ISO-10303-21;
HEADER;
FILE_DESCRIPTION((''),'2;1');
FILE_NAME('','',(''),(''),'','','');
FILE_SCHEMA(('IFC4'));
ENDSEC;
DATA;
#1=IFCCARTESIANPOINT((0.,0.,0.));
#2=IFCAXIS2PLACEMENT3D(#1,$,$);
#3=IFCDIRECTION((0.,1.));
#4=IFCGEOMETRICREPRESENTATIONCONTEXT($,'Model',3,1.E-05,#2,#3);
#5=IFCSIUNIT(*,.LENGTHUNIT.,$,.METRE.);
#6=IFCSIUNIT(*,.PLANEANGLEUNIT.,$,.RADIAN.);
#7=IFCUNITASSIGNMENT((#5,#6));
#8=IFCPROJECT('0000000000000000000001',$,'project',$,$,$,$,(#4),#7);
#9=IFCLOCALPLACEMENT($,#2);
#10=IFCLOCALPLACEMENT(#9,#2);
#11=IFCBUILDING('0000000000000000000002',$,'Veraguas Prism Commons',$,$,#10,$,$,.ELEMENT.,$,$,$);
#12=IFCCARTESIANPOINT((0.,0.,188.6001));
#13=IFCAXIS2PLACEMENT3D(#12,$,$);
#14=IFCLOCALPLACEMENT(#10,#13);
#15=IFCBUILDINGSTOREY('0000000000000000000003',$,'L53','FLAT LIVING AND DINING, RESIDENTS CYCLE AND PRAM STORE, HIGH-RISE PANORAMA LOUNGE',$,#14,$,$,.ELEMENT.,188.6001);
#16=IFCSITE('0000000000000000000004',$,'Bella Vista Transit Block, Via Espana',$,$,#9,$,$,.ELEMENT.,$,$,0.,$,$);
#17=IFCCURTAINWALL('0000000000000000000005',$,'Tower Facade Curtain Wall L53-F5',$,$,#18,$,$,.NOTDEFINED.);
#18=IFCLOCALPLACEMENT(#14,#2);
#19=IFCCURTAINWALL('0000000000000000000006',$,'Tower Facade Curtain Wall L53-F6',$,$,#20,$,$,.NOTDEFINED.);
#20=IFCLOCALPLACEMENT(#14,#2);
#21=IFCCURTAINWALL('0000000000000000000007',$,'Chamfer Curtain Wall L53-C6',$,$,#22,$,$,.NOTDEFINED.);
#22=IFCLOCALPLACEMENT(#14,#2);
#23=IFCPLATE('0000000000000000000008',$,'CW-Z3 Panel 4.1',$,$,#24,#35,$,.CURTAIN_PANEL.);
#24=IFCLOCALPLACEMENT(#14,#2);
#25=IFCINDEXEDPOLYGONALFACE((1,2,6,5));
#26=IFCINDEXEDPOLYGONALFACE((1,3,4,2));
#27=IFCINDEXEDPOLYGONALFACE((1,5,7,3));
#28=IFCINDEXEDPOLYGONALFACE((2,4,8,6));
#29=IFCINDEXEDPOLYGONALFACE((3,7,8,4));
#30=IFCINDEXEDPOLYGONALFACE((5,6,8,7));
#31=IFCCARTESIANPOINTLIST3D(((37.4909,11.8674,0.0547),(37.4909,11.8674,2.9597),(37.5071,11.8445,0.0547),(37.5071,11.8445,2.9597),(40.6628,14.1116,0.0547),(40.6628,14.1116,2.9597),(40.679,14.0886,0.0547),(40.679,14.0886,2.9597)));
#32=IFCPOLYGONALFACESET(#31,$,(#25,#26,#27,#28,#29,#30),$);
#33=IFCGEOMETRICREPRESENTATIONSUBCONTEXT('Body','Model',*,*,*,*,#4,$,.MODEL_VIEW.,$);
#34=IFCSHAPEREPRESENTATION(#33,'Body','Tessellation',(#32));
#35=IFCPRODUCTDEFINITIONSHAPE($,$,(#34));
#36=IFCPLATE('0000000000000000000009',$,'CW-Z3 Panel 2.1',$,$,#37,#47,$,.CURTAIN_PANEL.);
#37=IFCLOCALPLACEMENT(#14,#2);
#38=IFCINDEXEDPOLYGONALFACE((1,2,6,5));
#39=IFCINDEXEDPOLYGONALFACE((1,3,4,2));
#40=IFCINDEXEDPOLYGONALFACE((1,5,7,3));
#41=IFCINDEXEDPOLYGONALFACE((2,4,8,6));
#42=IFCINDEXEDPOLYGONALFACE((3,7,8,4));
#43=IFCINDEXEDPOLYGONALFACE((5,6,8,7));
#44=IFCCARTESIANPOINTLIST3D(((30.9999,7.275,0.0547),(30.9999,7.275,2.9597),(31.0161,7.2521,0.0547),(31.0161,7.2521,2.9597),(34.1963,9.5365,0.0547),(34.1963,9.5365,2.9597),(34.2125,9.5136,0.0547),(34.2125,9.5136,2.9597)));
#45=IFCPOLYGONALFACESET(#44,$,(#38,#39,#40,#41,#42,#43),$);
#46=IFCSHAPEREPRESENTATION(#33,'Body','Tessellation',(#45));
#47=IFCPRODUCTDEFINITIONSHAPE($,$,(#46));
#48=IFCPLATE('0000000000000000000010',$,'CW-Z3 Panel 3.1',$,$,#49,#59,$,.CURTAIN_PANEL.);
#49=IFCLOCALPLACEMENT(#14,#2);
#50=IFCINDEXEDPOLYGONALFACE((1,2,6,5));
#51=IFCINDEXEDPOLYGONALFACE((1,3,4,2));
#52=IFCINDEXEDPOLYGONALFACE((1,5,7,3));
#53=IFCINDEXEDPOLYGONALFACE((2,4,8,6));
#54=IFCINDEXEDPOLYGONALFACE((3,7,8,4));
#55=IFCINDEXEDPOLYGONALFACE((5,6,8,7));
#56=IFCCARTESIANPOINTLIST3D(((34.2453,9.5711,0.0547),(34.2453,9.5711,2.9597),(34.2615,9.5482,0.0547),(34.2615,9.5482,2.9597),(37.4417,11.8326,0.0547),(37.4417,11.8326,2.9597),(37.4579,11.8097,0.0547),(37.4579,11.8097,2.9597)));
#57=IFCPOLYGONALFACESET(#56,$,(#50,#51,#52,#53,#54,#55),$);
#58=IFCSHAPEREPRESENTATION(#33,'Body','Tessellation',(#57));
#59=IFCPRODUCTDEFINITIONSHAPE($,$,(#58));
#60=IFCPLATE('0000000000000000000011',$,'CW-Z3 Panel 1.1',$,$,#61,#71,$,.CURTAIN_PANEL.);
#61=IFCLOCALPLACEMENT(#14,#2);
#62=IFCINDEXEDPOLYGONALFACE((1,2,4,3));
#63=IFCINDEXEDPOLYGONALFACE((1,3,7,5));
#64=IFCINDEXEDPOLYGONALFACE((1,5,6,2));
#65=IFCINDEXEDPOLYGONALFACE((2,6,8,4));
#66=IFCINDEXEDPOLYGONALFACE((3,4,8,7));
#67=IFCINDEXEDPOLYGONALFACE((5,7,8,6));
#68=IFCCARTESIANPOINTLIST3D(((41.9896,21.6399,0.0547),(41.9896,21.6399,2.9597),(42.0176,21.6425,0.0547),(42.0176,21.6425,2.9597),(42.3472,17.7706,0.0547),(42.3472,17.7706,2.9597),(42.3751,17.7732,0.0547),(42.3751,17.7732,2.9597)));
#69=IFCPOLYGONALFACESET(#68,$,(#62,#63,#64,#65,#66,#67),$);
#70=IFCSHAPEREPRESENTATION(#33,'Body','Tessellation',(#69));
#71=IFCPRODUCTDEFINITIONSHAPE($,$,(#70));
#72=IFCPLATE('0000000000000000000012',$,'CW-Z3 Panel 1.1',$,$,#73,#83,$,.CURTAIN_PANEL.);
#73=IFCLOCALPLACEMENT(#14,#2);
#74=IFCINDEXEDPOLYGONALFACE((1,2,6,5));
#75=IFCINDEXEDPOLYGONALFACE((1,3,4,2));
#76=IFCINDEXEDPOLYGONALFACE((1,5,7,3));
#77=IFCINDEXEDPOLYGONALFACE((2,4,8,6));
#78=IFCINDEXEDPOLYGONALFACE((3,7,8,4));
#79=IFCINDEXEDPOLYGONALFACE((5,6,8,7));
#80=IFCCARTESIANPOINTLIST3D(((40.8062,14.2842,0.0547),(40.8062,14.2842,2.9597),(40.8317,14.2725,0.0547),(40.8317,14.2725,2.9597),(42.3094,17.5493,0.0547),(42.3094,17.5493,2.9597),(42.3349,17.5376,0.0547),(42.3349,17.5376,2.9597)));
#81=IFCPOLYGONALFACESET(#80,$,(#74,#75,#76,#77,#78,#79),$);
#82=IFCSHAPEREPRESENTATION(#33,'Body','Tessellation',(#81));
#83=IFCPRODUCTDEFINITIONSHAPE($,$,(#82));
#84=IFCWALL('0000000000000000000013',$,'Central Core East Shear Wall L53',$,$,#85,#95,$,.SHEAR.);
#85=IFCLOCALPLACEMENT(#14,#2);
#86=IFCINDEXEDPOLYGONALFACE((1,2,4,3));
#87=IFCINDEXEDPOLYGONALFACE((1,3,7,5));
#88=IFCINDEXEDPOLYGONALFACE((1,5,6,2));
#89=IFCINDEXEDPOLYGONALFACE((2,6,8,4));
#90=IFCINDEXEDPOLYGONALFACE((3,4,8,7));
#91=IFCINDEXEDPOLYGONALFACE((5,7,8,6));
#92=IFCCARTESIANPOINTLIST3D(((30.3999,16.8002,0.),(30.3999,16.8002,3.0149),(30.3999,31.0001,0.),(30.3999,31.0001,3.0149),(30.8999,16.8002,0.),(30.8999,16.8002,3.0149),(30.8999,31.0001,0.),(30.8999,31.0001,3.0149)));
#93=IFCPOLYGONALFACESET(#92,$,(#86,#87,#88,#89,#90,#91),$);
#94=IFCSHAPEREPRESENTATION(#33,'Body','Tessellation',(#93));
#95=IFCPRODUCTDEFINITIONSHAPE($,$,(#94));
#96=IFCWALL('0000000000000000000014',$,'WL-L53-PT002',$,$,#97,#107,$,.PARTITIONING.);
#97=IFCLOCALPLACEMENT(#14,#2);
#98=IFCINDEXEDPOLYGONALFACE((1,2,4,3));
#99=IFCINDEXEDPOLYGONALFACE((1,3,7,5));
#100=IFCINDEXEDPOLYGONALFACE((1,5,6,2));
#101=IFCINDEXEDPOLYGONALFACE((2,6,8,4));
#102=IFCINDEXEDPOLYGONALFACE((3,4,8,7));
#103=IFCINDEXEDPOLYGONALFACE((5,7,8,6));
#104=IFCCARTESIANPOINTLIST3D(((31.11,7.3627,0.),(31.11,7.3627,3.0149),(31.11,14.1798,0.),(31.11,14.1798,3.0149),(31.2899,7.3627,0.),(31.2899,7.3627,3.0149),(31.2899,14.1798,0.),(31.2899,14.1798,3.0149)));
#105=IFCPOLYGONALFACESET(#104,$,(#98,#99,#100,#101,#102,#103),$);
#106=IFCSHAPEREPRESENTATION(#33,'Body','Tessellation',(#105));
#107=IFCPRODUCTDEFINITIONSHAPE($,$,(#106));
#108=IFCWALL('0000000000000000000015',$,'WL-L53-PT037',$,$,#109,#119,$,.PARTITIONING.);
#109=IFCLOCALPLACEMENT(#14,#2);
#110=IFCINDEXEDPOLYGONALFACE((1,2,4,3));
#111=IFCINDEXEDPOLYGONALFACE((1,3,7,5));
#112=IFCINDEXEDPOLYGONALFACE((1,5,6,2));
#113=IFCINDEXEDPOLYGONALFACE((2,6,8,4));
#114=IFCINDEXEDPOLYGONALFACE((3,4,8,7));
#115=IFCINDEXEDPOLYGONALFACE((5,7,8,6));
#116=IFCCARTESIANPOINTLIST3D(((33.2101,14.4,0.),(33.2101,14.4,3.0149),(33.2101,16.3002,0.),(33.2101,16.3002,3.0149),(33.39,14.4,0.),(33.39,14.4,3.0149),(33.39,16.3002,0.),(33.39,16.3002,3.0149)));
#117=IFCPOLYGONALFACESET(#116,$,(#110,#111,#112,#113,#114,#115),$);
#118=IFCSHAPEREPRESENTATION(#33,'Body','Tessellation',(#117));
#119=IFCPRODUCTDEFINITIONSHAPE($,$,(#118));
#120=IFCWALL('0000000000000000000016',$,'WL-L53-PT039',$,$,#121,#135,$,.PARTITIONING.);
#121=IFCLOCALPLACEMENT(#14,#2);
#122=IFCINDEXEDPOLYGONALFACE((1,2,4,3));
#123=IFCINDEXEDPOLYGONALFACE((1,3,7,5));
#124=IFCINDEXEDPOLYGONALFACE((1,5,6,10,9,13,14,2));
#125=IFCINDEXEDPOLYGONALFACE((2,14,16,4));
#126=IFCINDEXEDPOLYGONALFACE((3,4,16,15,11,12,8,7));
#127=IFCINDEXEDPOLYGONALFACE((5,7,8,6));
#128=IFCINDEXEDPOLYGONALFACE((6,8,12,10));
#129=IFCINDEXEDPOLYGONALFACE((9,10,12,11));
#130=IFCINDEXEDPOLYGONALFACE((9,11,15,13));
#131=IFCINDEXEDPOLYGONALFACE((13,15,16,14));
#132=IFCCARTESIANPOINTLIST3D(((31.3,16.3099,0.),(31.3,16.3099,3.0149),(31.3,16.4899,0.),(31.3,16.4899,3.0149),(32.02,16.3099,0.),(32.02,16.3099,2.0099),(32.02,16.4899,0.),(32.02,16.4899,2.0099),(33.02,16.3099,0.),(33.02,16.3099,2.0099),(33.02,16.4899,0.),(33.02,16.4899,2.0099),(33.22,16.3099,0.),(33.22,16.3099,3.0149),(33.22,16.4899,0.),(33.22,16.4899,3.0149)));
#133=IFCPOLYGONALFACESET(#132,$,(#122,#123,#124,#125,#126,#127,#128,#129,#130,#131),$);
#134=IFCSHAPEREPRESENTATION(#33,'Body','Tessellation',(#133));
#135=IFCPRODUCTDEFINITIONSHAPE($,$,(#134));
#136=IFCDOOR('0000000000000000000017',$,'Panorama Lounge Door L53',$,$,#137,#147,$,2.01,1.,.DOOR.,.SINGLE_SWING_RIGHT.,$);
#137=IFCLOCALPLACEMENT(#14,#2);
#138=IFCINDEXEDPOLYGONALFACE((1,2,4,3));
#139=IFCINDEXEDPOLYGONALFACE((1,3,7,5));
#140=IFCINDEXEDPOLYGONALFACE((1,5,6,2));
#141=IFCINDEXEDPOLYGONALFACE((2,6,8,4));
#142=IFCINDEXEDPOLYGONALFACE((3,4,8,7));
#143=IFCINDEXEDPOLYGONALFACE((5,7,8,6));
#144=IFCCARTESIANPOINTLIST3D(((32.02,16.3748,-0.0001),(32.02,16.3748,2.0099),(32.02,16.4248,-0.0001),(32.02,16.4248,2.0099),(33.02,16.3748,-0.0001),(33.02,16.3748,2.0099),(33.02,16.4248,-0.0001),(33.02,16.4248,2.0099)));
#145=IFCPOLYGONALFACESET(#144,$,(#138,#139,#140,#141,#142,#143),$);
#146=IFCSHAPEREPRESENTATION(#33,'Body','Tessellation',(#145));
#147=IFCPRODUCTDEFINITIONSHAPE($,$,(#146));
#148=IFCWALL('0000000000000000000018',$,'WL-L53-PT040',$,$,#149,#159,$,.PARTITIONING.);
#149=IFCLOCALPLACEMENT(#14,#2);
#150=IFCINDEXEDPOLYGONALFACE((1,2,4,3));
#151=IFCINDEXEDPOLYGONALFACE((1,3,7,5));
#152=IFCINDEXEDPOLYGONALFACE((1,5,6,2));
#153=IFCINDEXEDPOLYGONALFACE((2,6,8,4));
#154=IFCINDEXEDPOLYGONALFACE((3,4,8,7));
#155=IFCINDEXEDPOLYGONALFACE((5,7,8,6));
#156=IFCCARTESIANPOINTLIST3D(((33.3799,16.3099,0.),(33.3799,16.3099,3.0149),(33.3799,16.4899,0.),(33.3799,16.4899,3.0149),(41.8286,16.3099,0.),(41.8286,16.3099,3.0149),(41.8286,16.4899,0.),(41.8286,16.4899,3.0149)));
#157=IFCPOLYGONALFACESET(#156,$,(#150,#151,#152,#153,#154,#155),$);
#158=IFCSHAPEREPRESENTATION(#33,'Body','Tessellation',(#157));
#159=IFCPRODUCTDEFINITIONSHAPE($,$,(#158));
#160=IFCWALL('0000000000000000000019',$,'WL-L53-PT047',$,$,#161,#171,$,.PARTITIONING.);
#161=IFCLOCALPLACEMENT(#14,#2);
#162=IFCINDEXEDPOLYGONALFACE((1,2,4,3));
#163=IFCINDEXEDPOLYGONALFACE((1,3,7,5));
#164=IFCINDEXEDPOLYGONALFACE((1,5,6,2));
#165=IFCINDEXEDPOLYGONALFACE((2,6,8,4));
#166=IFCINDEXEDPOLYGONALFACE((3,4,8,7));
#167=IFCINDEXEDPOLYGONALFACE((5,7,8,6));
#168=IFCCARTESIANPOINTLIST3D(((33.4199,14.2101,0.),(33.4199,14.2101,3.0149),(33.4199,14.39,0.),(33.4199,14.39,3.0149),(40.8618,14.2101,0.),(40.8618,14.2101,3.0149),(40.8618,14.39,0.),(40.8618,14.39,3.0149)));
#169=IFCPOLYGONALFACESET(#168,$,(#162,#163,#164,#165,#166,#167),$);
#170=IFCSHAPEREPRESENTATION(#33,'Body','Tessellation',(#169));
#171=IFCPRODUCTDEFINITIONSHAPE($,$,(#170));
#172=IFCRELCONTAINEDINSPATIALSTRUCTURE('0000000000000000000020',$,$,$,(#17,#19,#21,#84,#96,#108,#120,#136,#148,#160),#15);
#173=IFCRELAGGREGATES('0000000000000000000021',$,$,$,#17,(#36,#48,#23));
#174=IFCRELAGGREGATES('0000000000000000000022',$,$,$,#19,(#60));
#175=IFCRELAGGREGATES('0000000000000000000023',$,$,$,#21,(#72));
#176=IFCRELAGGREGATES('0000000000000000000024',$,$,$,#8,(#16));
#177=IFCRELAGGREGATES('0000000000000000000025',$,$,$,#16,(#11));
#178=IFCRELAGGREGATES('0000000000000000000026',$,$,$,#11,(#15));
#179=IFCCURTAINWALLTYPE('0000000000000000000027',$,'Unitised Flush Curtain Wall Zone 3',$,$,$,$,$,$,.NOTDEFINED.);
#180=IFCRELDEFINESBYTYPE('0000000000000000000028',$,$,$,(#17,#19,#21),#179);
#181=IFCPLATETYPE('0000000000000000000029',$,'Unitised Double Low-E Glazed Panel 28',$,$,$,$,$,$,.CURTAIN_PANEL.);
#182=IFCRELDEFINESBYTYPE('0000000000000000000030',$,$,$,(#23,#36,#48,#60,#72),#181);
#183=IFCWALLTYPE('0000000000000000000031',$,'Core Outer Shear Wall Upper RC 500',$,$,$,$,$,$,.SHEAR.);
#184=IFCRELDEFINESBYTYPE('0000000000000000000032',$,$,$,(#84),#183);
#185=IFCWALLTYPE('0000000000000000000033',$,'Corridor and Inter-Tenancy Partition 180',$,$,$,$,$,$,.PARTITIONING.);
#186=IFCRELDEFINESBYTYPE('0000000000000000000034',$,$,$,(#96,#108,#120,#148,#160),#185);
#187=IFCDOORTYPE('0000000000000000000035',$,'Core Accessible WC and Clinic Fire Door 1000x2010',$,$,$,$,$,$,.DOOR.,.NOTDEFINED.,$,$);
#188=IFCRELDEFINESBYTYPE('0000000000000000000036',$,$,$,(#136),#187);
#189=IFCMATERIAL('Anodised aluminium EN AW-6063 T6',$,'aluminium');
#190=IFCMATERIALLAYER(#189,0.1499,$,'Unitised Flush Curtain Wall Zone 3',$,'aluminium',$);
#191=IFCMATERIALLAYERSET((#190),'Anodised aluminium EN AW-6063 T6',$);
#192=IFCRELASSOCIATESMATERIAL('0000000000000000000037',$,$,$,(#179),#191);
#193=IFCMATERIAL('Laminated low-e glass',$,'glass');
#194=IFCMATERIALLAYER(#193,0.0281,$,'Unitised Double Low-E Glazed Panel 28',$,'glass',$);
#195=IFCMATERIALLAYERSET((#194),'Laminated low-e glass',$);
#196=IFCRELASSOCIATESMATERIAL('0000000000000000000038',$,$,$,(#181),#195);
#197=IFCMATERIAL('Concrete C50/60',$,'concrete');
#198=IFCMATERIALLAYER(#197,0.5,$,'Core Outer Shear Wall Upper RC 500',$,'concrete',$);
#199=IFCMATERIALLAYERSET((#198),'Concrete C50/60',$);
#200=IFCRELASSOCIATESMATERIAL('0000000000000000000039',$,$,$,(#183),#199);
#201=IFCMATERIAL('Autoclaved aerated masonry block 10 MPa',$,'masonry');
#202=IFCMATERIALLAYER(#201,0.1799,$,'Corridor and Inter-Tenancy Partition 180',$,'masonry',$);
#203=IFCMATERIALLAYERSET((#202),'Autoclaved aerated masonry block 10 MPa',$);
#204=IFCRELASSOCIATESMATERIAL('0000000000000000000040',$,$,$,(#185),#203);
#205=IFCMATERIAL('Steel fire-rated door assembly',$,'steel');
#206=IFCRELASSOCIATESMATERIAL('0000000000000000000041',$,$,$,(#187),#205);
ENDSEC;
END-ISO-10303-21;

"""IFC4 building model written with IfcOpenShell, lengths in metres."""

from ifc_helpers import new_model, si_unit, direction, frame, frame_2d, origin, origin_2d, place, context, subcontext, project, spatial, rectangle, extrude, source, transform, mapped, material, layer, layer_set, type_object, element, fill, aggregate, save


model = new_model("IFC4")

# Units and contexts
model_context = context("Model", 3, precision=1e-05, world=origin(), true_north=direction((0.0, 1.0)))
body_context = subcontext(model_context, "Body", "Model", "MODEL_VIEW")
ifc_project = project(units=[si_unit("LENGTHUNIT", "METRE"), si_unit("PLANEANGLEUNIT", "RADIAN")], contexts=[model_context])

# Site, building, storey
site_placement = place(None, origin())
site = spatial("IfcSite", under=ifc_project, at=site_placement, Name="Bella Vista Transit Block, Via Espana", CompositionType="ELEMENT", RefElevation=0.0)
building_placement = place(site_placement, origin())
building = spatial("IfcBuilding", under=site, at=building_placement, Name="Veraguas Prism Commons", CompositionType="ELEMENT")
storey_placement = place(building_placement, frame((0.0, 0.0, 188.6001)))
storey = spatial("IfcBuildingStorey", under=building, at=storey_placement, Name="L53", Description="FLAT LIVING AND DINING, RESIDENTS CYCLE AND PRAM STORE, HIGH-RISE PANORAMA LOUNGE", CompositionType="ELEMENT", Elevation=188.6001)

# Shared definitions
ifc_material_1 = material(Name="Concrete C50/60", Category="concrete")

# Curtain wall
ifc_material_2 = material(Name="Anodised aluminium EN AW-6063 T6", Category="aluminium")
ifc_layer_1 = layer(ifc_material_2, 0.1499, Name="Unitised Flush Curtain Wall Zone 3", Category="aluminium")
ifc_layer_set_1 = layer_set([ifc_layer_1], Name="Anodised aluminium EN AW-6063 T6")
curtain_wall_type = type_object("IfcCurtainWallType", Name="Unitised Flush Curtain Wall Zone 3", PredefinedType="NOTDEFINED", material=ifc_layer_set_1)
curtain_wall_1_placement = place(storey_placement, origin())
curtain_wall_1 = element("IfcCurtainWall", 1, at=curtain_wall_1_placement, inside=storey, type_object=curtain_wall_type, Name="Tower Facade Curtain Wall L53-F5", PredefinedType="NOTDEFINED")

# Curtain wall
curtain_wall_2_placement = place(storey_placement, origin())
curtain_wall_2 = element("IfcCurtainWall", 2, at=curtain_wall_2_placement, inside=storey, type_object=curtain_wall_type, Name="Tower Facade Curtain Wall L53-F6", PredefinedType="NOTDEFINED")

# Curtain wall
curtain_wall_3_placement = place(storey_placement, origin())
curtain_wall_3 = element("IfcCurtainWall", 3, at=curtain_wall_3_placement, inside=storey, type_object=curtain_wall_type, Name="Chamfer Curtain Wall L53-C6", PredefinedType="NOTDEFINED")

# Plates
ifc_material_3 = material(Name="Laminated low-e glass", Category="glass")
ifc_layer_2 = layer(ifc_material_3, 0.0281, Name="Unitised Double Low-E Glazed Panel 28", Category="glass")
ifc_layer_set_2 = layer_set([ifc_layer_2], Name="Laminated low-e glass")
plate_type = type_object("IfcPlateType", Name="Unitised Double Low-E Glazed Panel 28", PredefinedType="CURTAIN_PANEL", material=ifc_layer_set_2)
shared_shape_1 = source(origin(), body_context, "Body", "SweptSolid", [
    extrude(rectangle(XDim=3.8855, YDim=0.0281, at=origin_2d()), origin(), (0.0, 0.0, 1.0), 2.905),
])
plate_1_placement = place(storey_placement, frame((39.085, 12.978, 0.0547), z_axis=(0.0, 0.0, 1.0), x_axis=(0.816341, 0.57757, 0.0)))
plate_1 = element("IfcPlate", 4, at=plate_1_placement, type_object=plate_type, Name="CW-Z3 Panel 4.1", PredefinedType="CURTAIN_PANEL", context=body_context, shape_type="MappedRepresentation", body=[
    mapped(shared_shape_1, transform((0.0, 0.0, 0.0), scale=1.0)),
])
shared_shape_2 = source(origin(), body_context, "Body", "SweptSolid", [
    extrude(rectangle(XDim=3.9155, YDim=0.0281, at=origin_2d()), origin(), (0.0, 0.0, 1.0), 2.905),
])
plate_2_placement = place(storey_placement, frame((32.6062, 8.3943, 0.0547), z_axis=(0.0, 0.0, 1.0), x_axis=(0.816341, 0.57757, 0.0)))
plate_2 = element("IfcPlate", 5, at=plate_2_placement, type_object=plate_type, Name="CW-Z3 Panel 2.1", PredefinedType="CURTAIN_PANEL", context=body_context, shape_type="MappedRepresentation", body=[
    mapped(shared_shape_2, transform((0.0, 0.0, 0.0), scale=1.0)),
])
plate_3_placement = place(storey_placement, frame((35.8516, 10.6904, 0.0547), z_axis=(0.0, 0.0, 1.0), x_axis=(0.816341, 0.57757, 0.0)))
plate_3 = element("IfcPlate", 6, at=plate_3_placement, type_object=plate_type, Name="CW-Z3 Panel 3.1", PredefinedType="CURTAIN_PANEL", context=body_context, shape_type="MappedRepresentation", body=[
    mapped(shared_shape_2, transform((0.0, 0.0, 0.0), scale=1.0)),
])
aggregate(curtain_wall_1, [plate_2, plate_3, plate_1])
shared_shape_3 = source(origin(), body_context, "Body", "SweptSolid", [
    extrude(rectangle(XDim=3.8857, YDim=0.0281, at=origin_2d()), origin(), (0.0, 0.0, 1.0), 2.905),
])
plate_4_placement = place(storey_placement, frame((42.1824, 19.7065, 0.0547), z_axis=(0.0, 0.0, 1.0), x_axis=(-0.092023, 0.995757, 0.0)))
plate_4 = element("IfcPlate", 7, at=plate_4_placement, type_object=plate_type, Name="CW-Z3 Panel 1.1", PredefinedType="CURTAIN_PANEL", context=body_context, shape_type="MappedRepresentation", body=[
    mapped(shared_shape_3, transform((0.0, 0.0, 0.0), scale=1.0)),
])
aggregate(curtain_wall_2, [plate_4])
shared_shape_4 = source(origin(), body_context, "Body", "SweptSolid", [
    extrude(rectangle(XDim=3.5945, YDim=0.0281, at=origin_2d()), origin(), (0.0, 0.0, 1.0), 2.905),
])
plate_5_placement = place(storey_placement, frame((41.5706, 15.9109, 0.0547), z_axis=(0.0, 0.0, 1.0), x_axis=(0.418186, 0.908362, 0.0)))
plate_5 = element("IfcPlate", 8, at=plate_5_placement, type_object=plate_type, Name="CW-Z3 Panel 1.1", PredefinedType="CURTAIN_PANEL", context=body_context, shape_type="MappedRepresentation", body=[
    mapped(shared_shape_4, transform((0.0, 0.0, 0.0), scale=1.0)),
])
aggregate(curtain_wall_3, [plate_5])

# Walls
ifc_layer_3 = layer(ifc_material_1, 0.5, Name="Core Outer Shear Wall Upper RC 500", Category="concrete")
ifc_layer_set_3 = layer_set([ifc_layer_3], Name="Concrete C50/60")
wall_type_1 = type_object("IfcWallType", Name="Core Outer Shear Wall Upper RC 500", PredefinedType="SHEAR", material=ifc_layer_set_3)
wall_1_placement = place(storey_placement, frame((30.6499, 16.8, 0.0), z_axis=(0.0, 0.0, 1.0), x_axis=(0.0, 1.0, 0.0)))
element("IfcWall", 9, at=wall_1_placement, inside=storey, type_object=wall_type_1, Name="Central Core East Shear Wall L53", PredefinedType="SHEAR", context=body_context, shape_type="SweptSolid", body=[
    extrude(rectangle(XDim=14.2, YDim=0.5, at=frame_2d((7.1001, 0.0))), origin(), (0.0, 0.0, 1.0), 3.0149),
])
ifc_material_4 = material(Name="Autoclaved aerated masonry block 10 MPa", Category="masonry")
ifc_layer_4 = layer(ifc_material_4, 0.1799, Name="Corridor and Inter-Tenancy Partition 180", Category="masonry")
ifc_layer_set_4 = layer_set([ifc_layer_4], Name="Autoclaved aerated masonry block 10 MPa")
wall_type_2 = type_object("IfcWallType", Name="Corridor and Inter-Tenancy Partition 180", PredefinedType="PARTITIONING", material=ifc_layer_set_4)
wall_2_placement = place(storey_placement, frame((31.2, 14.1799, 0.0), z_axis=(0.0, 0.0, 1.0), x_axis=(0.0, -1.0, 0.0)))
element("IfcWall", 10, at=wall_2_placement, inside=storey, type_object=wall_type_2, Name="WL-L53-PT002", PredefinedType="PARTITIONING", context=body_context, shape_type="SweptSolid", body=[
    extrude(rectangle(XDim=6.8171, YDim=0.1799, at=frame_2d((3.4087, 0.0))), origin(), (0.0, 0.0, 1.0), 3.0149),
])
wall_3_placement = place(storey_placement, frame((33.3, 14.3999, 0.0), z_axis=(0.0, 0.0, 1.0), x_axis=(0.0, 1.0, 0.0)))
element("IfcWall", 11, at=wall_3_placement, inside=storey, type_object=wall_type_2, Name="WL-L53-PT037", PredefinedType="PARTITIONING", context=body_context, shape_type="SweptSolid", body=[
    extrude(rectangle(XDim=1.9001, YDim=0.1799, at=frame_2d((0.9502, 0.0))), origin(), (0.0, 0.0, 1.0), 3.0149),
])

# Wall, opening, door
wall_4_placement = place(storey_placement, frame((31.3, 16.3999, 0.0), z_axis=(0.0, 0.0, 1.0), x_axis=(1.0, 0.0, 0.0)))
wall_4 = element("IfcWall", 12, at=wall_4_placement, inside=storey, type_object=wall_type_2, Name="WL-L53-PT039", PredefinedType="PARTITIONING", context=body_context, shape_type="SweptSolid", body=[
    extrude(rectangle(XDim=1.9199, YDim=0.1799, at=frame_2d((0.96, 0.0))), origin(), (0.0, 0.0, 1.0), 3.0149),
])
opening_1_placement = place(wall_4_placement, frame((0.72, 0.0, 0.0)))
opening_1 = element("IfcOpeningElement", 13, at=opening_1_placement, cuts=wall_4, PredefinedType="OPENING", context=body_context, shape_type="SweptSolid", body=[
    extrude(rectangle(XDim=1.0, YDim=2.01, at=frame_2d((0.5, 1.0049))), frame((0.0, 0.0999, 0.0), z_axis=(0.0, -1.0, 0.0), x_axis=(1.0, 0.0, 0.0)), (0.0, 0.0, 1.0), 0.2),
])
ifc_material_5 = material(Name="Steel fire-rated door assembly", Category="steel")
door_type_1 = type_object("IfcDoorType", Name="Core Accessible WC and Clinic Fire Door 1000x2010", OperationType="NOTDEFINED", PredefinedType="DOOR", material=ifc_material_5)
shared_shape_5 = source(origin(), body_context, "Body", "SweptSolid", [
    extrude(rectangle(XDim=1.0, YDim=2.01, at=frame_2d((0.5, 1.0049))), frame((0.0, 0.0249, 0.0), z_axis=(0.0, -1.0, 0.0), x_axis=(1.0, 0.0, 0.0)), (0.0, 0.0, 1.0), 0.05),
])
door_1_placement = place(opening_1_placement, origin())
door_1 = element("IfcDoor", 14, at=door_1_placement, inside=storey, type_object=door_type_1, Name="Panorama Lounge Door L53", OperationType="SINGLE_SWING_RIGHT", OverallHeight=2.01, OverallWidth=1.0, PredefinedType="DOOR", context=body_context, shape_type="MappedRepresentation", body=[
    mapped(shared_shape_5, transform((0.0, 0.0, 0.0), scale=1.0)),
])
fill(opening_1, door_1)

# Walls
wall_5_placement = place(storey_placement, frame((33.3799, 16.3999, 0.0), z_axis=(0.0, 0.0, 1.0), x_axis=(1.0, 0.0, 0.0)))
element("IfcWall", 15, at=wall_5_placement, inside=storey, type_object=wall_type_2, Name="WL-L53-PT040", PredefinedType="PARTITIONING", context=body_context, shape_type="SweptSolid", body=[
    extrude(rectangle(XDim=8.4487, YDim=0.1799, at=frame_2d((4.2244, 0.0))), origin(), (0.0, 0.0, 1.0), 3.0149),
])
wall_6_placement = place(storey_placement, frame((33.4199, 14.3, 0.0), z_axis=(0.0, 0.0, 1.0), x_axis=(1.0, 0.0, 0.0)))
element("IfcWall", 16, at=wall_6_placement, inside=storey, type_object=wall_type_2, Name="WL-L53-PT047", PredefinedType="PARTITIONING", context=body_context, shape_type="SweptSolid", body=[
    extrude(rectangle(XDim=7.4419, YDim=0.1799, at=frame_2d((3.7209, 0.0))), origin(), (0.0, 0.0, 1.0), 3.0149),
])

save(model, "model.ifc")
